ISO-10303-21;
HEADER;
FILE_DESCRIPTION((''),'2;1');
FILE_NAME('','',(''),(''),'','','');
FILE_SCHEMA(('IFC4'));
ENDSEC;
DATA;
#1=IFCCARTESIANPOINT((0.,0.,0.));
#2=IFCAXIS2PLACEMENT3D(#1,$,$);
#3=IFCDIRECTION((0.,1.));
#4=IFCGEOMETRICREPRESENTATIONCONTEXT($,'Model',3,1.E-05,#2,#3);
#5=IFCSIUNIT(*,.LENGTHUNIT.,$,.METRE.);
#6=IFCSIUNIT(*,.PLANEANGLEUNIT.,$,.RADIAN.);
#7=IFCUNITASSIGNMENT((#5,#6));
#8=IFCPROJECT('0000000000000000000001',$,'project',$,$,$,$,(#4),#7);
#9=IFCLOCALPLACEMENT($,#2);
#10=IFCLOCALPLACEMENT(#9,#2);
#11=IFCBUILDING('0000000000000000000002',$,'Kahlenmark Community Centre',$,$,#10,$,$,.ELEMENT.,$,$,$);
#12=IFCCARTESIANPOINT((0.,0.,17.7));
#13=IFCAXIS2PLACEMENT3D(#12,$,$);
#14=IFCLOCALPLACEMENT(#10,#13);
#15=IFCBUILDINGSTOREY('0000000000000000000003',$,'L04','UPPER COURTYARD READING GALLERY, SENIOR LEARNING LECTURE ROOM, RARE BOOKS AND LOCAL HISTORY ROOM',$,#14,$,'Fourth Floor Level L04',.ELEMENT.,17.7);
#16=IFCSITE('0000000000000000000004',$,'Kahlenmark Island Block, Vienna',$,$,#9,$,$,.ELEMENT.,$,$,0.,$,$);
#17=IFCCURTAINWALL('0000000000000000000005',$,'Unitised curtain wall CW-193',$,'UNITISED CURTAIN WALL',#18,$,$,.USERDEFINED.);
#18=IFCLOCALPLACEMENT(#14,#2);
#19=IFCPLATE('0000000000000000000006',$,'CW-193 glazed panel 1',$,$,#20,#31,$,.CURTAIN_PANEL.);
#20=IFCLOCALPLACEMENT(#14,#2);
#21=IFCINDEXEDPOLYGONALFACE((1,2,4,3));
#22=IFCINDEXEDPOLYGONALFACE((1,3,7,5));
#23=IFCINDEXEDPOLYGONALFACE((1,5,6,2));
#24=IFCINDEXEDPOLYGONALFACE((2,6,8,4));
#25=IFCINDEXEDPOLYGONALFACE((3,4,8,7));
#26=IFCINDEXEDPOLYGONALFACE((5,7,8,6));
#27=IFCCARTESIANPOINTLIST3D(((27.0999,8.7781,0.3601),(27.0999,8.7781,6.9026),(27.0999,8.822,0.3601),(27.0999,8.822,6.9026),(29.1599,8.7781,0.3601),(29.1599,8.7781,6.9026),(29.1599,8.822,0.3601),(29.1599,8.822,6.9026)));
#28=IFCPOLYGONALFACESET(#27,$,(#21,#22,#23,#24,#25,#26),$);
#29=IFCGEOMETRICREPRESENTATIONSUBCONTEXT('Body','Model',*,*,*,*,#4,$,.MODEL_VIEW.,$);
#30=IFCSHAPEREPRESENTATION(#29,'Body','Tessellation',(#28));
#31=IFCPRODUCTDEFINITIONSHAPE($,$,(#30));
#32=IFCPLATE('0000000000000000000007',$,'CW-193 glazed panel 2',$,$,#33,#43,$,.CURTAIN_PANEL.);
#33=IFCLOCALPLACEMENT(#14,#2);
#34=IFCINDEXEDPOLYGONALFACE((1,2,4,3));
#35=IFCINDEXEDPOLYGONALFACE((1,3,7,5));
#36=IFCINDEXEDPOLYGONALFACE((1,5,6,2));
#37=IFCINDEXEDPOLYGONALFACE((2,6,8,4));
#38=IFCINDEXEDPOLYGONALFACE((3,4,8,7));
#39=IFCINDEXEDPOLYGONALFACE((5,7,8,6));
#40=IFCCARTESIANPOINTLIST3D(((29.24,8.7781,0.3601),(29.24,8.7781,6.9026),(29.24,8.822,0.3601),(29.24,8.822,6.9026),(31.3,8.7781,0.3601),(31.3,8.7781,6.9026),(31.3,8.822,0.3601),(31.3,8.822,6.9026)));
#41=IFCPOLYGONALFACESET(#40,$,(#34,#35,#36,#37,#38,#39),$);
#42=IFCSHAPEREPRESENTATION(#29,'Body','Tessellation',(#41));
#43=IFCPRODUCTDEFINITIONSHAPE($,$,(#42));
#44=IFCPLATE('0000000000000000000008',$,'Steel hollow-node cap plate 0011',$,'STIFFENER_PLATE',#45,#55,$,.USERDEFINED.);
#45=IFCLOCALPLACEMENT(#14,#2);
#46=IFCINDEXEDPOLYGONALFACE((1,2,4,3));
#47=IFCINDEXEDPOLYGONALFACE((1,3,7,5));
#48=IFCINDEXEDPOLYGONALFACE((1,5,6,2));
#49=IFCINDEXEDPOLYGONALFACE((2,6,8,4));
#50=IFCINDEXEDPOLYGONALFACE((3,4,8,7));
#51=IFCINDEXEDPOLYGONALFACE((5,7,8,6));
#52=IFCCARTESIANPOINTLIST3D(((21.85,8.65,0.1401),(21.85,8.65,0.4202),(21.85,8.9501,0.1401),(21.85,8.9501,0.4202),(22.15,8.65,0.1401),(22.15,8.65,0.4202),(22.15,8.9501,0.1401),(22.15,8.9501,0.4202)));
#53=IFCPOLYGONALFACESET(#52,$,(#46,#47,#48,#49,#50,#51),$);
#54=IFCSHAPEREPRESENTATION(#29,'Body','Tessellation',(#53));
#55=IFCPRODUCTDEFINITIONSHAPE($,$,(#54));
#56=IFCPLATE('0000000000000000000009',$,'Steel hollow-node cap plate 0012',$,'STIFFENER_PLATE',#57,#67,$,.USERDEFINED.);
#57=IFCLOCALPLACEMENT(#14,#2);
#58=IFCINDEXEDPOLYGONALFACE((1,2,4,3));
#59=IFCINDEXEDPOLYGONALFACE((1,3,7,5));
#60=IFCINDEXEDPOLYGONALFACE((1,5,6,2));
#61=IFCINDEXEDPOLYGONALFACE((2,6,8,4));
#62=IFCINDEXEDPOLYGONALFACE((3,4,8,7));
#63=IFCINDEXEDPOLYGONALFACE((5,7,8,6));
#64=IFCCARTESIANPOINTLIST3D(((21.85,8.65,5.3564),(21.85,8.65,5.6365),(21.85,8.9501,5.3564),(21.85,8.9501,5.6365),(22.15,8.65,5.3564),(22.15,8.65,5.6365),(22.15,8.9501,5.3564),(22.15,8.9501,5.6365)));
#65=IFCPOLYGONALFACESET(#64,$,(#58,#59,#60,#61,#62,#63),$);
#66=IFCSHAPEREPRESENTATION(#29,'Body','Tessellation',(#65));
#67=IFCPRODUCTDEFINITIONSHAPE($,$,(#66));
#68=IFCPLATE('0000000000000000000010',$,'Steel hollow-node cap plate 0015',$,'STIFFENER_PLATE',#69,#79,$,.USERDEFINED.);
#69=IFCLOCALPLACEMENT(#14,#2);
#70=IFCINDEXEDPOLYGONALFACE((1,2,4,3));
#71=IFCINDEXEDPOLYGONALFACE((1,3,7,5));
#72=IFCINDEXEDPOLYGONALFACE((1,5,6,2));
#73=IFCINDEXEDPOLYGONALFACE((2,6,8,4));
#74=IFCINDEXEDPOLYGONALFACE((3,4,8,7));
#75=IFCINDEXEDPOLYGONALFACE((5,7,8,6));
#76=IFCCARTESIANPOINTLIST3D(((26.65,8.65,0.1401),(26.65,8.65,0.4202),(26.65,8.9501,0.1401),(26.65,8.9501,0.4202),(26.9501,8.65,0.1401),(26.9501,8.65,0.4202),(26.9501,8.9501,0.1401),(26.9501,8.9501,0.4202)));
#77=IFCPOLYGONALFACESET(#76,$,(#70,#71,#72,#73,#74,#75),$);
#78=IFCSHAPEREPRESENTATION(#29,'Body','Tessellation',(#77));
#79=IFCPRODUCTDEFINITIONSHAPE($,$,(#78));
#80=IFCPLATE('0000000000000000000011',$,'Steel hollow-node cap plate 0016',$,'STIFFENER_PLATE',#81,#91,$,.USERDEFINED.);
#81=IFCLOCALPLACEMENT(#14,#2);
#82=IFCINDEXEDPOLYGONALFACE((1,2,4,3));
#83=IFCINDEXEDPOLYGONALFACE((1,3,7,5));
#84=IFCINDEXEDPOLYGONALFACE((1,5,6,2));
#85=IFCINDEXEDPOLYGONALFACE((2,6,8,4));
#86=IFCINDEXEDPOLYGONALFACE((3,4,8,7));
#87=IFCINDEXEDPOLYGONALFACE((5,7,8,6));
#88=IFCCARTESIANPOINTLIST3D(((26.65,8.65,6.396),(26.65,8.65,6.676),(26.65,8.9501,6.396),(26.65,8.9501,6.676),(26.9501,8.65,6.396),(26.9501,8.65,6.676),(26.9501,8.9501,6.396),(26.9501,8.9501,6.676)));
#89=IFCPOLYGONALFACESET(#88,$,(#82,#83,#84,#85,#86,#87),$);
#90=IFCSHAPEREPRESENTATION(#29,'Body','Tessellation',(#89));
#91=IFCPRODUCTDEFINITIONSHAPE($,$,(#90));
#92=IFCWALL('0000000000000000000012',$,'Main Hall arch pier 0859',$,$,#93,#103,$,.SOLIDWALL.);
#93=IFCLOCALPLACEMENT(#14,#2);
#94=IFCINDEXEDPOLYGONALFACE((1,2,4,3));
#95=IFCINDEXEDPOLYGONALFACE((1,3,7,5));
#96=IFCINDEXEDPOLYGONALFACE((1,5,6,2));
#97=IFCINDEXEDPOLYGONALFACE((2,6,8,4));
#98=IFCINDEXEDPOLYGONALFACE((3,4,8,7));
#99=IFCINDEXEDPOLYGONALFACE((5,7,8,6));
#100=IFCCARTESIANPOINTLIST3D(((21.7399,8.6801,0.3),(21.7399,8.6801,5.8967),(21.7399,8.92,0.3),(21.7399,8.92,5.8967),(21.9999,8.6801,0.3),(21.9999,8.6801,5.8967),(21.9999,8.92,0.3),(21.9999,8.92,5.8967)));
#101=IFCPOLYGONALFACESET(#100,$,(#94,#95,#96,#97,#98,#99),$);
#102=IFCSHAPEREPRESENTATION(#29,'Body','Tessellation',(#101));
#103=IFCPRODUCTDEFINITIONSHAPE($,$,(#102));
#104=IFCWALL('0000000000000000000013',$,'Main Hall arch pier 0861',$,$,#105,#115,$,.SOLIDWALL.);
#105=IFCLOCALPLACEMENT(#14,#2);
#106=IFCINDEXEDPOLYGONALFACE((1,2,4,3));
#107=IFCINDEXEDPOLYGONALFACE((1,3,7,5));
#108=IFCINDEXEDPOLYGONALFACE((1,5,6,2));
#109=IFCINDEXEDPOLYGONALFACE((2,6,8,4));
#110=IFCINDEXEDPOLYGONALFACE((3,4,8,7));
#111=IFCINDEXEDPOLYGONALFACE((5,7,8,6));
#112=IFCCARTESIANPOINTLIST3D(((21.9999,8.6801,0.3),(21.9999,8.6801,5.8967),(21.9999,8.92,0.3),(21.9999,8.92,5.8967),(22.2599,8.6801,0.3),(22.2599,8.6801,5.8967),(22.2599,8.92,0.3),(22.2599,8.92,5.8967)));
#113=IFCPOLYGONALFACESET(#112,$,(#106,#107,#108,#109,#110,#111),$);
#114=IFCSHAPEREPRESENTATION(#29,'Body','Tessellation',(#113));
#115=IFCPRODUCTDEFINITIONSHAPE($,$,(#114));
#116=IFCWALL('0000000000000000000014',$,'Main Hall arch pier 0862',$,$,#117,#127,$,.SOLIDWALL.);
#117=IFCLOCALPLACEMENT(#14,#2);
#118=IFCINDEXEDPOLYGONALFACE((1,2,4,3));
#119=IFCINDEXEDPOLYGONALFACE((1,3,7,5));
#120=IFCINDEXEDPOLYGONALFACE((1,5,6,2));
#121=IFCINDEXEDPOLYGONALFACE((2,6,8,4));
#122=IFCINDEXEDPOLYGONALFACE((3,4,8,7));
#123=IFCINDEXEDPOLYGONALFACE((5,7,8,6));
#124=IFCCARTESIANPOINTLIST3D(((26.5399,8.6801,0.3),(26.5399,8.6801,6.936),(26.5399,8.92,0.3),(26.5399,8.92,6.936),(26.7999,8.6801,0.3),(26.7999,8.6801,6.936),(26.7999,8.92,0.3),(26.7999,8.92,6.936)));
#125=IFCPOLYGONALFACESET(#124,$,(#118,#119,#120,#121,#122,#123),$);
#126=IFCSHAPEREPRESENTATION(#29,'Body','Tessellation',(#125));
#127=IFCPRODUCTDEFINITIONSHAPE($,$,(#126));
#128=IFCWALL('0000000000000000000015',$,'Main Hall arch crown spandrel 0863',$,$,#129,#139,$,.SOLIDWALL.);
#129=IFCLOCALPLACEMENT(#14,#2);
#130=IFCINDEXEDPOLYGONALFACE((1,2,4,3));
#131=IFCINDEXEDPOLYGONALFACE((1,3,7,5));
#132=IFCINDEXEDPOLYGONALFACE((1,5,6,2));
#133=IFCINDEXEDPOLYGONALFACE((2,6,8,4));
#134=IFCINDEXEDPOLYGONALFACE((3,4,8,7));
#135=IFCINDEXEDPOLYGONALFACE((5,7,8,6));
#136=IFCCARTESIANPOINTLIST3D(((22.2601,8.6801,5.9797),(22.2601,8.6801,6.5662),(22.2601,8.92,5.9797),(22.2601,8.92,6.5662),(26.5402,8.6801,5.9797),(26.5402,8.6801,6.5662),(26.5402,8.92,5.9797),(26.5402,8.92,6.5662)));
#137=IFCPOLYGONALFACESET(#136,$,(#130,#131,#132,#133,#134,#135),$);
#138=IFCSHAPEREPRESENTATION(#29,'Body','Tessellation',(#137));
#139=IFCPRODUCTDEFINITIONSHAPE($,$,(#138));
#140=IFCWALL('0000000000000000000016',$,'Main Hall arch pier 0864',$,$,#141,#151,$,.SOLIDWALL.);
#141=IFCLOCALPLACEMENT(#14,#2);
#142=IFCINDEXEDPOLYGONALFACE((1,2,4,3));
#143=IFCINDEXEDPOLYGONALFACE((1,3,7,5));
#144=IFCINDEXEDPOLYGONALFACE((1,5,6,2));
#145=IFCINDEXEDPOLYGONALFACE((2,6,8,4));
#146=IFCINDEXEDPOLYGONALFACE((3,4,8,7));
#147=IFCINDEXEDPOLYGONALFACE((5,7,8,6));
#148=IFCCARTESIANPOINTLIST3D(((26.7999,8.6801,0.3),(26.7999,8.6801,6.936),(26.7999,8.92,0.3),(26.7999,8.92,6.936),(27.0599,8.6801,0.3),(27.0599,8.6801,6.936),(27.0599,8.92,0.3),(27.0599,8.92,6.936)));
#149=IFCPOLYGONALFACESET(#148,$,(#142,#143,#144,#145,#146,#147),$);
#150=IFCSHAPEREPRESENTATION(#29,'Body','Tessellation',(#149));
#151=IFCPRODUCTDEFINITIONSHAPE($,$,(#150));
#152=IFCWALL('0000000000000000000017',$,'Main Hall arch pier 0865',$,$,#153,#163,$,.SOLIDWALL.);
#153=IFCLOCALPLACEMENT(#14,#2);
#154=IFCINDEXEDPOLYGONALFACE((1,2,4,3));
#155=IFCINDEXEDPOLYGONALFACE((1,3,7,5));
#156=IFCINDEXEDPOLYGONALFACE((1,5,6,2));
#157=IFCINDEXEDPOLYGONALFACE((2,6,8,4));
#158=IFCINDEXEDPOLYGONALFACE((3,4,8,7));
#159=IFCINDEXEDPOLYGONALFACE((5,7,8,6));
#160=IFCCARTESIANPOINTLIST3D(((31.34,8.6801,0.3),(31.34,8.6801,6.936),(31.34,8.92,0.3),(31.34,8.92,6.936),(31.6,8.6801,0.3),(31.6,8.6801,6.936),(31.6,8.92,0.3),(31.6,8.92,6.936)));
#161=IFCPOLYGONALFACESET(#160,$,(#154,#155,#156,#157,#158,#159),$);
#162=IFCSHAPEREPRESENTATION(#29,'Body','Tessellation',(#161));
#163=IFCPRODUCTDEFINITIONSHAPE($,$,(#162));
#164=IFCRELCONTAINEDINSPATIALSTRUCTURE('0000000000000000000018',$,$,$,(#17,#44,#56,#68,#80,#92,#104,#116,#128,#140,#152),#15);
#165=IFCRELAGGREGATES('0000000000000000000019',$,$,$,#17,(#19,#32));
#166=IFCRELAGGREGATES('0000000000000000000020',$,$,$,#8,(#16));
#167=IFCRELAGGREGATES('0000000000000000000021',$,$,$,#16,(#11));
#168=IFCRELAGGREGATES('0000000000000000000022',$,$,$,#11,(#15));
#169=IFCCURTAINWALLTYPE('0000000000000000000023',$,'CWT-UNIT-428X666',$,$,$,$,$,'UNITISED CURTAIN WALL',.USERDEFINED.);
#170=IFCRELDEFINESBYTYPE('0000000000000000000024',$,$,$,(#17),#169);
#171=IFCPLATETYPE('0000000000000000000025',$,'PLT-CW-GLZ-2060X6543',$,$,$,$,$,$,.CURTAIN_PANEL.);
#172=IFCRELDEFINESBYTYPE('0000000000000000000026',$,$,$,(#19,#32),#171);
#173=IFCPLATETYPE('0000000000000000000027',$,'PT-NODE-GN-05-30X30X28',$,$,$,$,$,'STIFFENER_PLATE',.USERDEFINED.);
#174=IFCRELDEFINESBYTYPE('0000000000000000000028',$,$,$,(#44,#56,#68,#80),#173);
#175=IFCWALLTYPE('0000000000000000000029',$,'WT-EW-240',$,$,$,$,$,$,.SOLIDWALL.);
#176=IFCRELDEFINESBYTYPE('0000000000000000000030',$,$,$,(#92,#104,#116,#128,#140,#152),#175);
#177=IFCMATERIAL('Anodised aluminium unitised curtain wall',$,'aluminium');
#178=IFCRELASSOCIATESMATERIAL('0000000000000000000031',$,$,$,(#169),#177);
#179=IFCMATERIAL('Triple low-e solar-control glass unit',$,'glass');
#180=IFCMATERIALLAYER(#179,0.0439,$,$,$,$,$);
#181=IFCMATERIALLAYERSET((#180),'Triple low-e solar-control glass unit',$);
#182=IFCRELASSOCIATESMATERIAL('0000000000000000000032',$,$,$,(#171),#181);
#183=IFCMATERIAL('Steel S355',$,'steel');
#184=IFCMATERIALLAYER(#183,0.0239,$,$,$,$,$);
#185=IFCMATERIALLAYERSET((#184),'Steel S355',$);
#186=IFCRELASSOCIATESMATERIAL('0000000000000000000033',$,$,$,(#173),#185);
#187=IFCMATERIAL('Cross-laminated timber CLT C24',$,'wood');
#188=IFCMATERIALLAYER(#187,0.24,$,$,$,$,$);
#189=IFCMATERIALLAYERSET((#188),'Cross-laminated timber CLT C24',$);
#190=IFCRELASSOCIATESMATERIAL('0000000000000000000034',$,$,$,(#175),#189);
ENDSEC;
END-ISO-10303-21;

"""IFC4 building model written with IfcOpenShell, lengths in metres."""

from ifc_helpers import new_model, si_unit, direction, frame, frame_2d, origin, origin_2d, place, context, subcontext, project, spatial, rectangle, extrude, material, layer, layer_set, type_object, element, aggregate, save


model = new_model("IFC4")

# Units and contexts
model_context = context("Model", 3, precision=1e-05, world=origin(), true_north=direction((0.0, 1.0)))
body_context = subcontext(model_context, "Body", "Model", "MODEL_VIEW")
ifc_project = project(units=[si_unit("LENGTHUNIT", "METRE"), si_unit("PLANEANGLEUNIT", "RADIAN")], contexts=[model_context])

# Site, building, storey
site_placement = place(None, origin())
site = spatial("IfcSite", under=ifc_project, at=site_placement, Name="Kahlenmark Island Block, Vienna", CompositionType="ELEMENT", RefElevation=0.0)
building_placement = place(site_placement, origin())
building = spatial("IfcBuilding", under=site, at=building_placement, Name="Kahlenmark Community Centre", CompositionType="ELEMENT")
storey_placement = place(building_placement, frame((0.0, 0.0, 17.7)))
storey = spatial("IfcBuildingStorey", under=building, at=storey_placement, Name="L04", Description="UPPER COURTYARD READING GALLERY, SENIOR LEARNING LECTURE ROOM, RARE BOOKS AND LOCAL HISTORY ROOM", LongName="Fourth Floor Level L04", CompositionType="ELEMENT", Elevation=17.7)

# Shared definitions
ifc_material_1 = material(Name="Steel S355", Category="steel")

# Shared definitions
ifc_material_2 = material(Name="Anodised aluminium unitised curtain wall", Category="aluminium")

# Curtain wall
curtain_wall_type_1 = type_object("IfcCurtainWallType", Name="CWT-UNIT-428X666", ElementType="UNITISED CURTAIN WALL", PredefinedType="USERDEFINED", material=ifc_material_2)
curtain_wall_1_placement = place(storey_placement, origin())
curtain_wall_1 = element("IfcCurtainWall", 1, at=curtain_wall_1_placement, inside=storey, type_object=curtain_wall_type_1, Name="Unitised curtain wall CW-193", ObjectType="UNITISED CURTAIN WALL", PredefinedType="USERDEFINED")

# Plates
ifc_material_3 = material(Name="Triple low-e solar-control glass unit", Category="glass")
ifc_layer_1 = layer(ifc_material_3, 0.0439)
ifc_layer_set_1 = layer_set([ifc_layer_1], Name="Triple low-e solar-control glass unit")
plate_type_1 = type_object("IfcPlateType", Name="PLT-CW-GLZ-2060X6543", PredefinedType="CURTAIN_PANEL", material=ifc_layer_set_1)
plate_1_placement = place(storey_placement, frame((28.1299, 8.8, 0.3601), z_axis=(0.0, 0.0, 1.0), x_axis=(1.0, 0.0, 0.0)))
plate_1 = element("IfcPlate", 2, at=plate_1_placement, type_object=plate_type_1, Name="CW-193 glazed panel 1", PredefinedType="CURTAIN_PANEL", context=body_context, shape_type="SweptSolid", body=[
    extrude(rectangle(XDim=2.0601, YDim=0.0439, at=origin_2d()), origin(), (0.0, 0.0, 1.0), 6.5425),
])
plate_2_placement = place(storey_placement, frame((30.27, 8.8, 0.3601), z_axis=(0.0, 0.0, 1.0), x_axis=(1.0, 0.0, 0.0)))
plate_2 = element("IfcPlate", 3, at=plate_2_placement, type_object=plate_type_1, Name="CW-193 glazed panel 2", PredefinedType="CURTAIN_PANEL", context=body_context, shape_type="SweptSolid", body=[
    extrude(rectangle(XDim=2.0601, YDim=0.0439, at=origin_2d()), origin(), (0.0, 0.0, 1.0), 6.5425),
])
aggregate(curtain_wall_1, [plate_1, plate_2])

# Plates
ifc_layer_2 = layer(ifc_material_1, 0.0239)
ifc_layer_set_2 = layer_set([ifc_layer_2], Name="Steel S355")
plate_type_2 = type_object("IfcPlateType", Name="PT-NODE-GN-05-30X30X28", ElementType="STIFFENER_PLATE", PredefinedType="USERDEFINED", material=ifc_layer_set_2)
for number, where, z_axis, x_axis, name in (
    (4, (22.0, 8.8, 0.1401), (0.0, 0.0, 1.0), (1.0, 0.0, 0.0), "Steel hollow-node cap plate 0011"),
    (5, (22.0, 8.8, 5.3564), (0.0, 0.0, 1.0), (1.0, 0.0, 0.0), "Steel hollow-node cap plate 0012"),
    (6, (26.8, 8.8, 0.1401), (0.0, 0.0, 1.0), (1.0, 0.0, 0.0), "Steel hollow-node cap plate 0015"),
    (7, (26.8, 8.8, 6.396), (0.0, 0.0, 1.0), (1.0, 0.0, 0.0), "Steel hollow-node cap plate 0016"),
):
    element("IfcPlate", number, at=place(storey_placement, frame(where, z_axis=z_axis, x_axis=x_axis)), inside=storey, type_object=plate_type_2, Name=name, ObjectType="STIFFENER_PLATE", PredefinedType="USERDEFINED", context=body_context, shape_type="SweptSolid", body=[
        extrude(rectangle(XDim=0.3, YDim=0.3, at=origin_2d()), origin(), (0.0, 0.0, 1.0), 0.28),
    ])

# Walls
ifc_material_4 = material(Name="Cross-laminated timber CLT C24", Category="wood")
ifc_layer_3 = layer(ifc_material_4, 0.24)
ifc_layer_set_3 = layer_set([ifc_layer_3], Name="Cross-laminated timber CLT C24")
wall_type = type_object("IfcWallType", Name="WT-EW-240", PredefinedType="SOLIDWALL", material=ifc_layer_set_3)
for number, where, z_axis, x_axis, name in (
    (8, (21.74, 8.8, 0.3), (0.0, 0.0, 1.0), (1.0, 0.0, 0.0), "Main Hall arch pier 0859"),
    (9, (22.0, 8.8, 0.3), (0.0, 0.0, 1.0), (1.0, 0.0, 0.0), "Main Hall arch pier 0861"),
):
    element("IfcWall", number, at=place(storey_placement, frame(where, z_axis=z_axis, x_axis=x_axis)), inside=storey, type_object=wall_type, Name=name, PredefinedType="SOLIDWALL", context=body_context, shape_type="SweptSolid", body=[
        extrude(rectangle(XDim=0.26, YDim=0.24, at=frame_2d((0.1299, 0.0))), origin(), (0.0, 0.0, 1.0), 5.5967),
    ])
wall_1_placement = place(storey_placement, frame((26.54, 8.8, 0.3), z_axis=(0.0, 0.0, 1.0), x_axis=(1.0, 0.0, 0.0)))
element("IfcWall", 10, at=wall_1_placement, inside=storey, type_object=wall_type, Name="Main Hall arch pier 0862", PredefinedType="SOLIDWALL", context=body_context, shape_type="SweptSolid", body=[
    extrude(rectangle(XDim=0.26, YDim=0.24, at=frame_2d((0.1299, 0.0))), origin(), (0.0, 0.0, 1.0), 6.636),
])
wall_2_placement = place(storey_placement, frame((22.26, 8.8, 5.9797), z_axis=(0.0, 0.0, 1.0), x_axis=(1.0, 0.0, 0.0)))
element("IfcWall", 11, at=wall_2_placement, inside=storey, type_object=wall_type, Name="Main Hall arch crown spandrel 0863", PredefinedType="SOLIDWALL", context=body_context, shape_type="SweptSolid", body=[
    extrude(rectangle(XDim=4.28, YDim=0.24, at=frame_2d((2.1401, 0.0))), origin(), (0.0, 0.0, 1.0), 0.5864),
])
for number, where, z_axis, x_axis, name in (
    (12, (26.8, 8.8, 0.3), (0.0, 0.0, 1.0), (1.0, 0.0, 0.0), "Main Hall arch pier 0864"),
    (13, (31.3401, 8.8, 0.3), (0.0, 0.0, 1.0), (1.0, 0.0, 0.0), "Main Hall arch pier 0865"),
):
    element("IfcWall", number, at=place(storey_placement, frame(where, z_axis=z_axis, x_axis=x_axis)), inside=storey, type_object=wall_type, Name=name, PredefinedType="SOLIDWALL", context=body_context, shape_type="SweptSolid", body=[
        extrude(rectangle(XDim=0.26, YDim=0.24, at=frame_2d((0.1299, 0.0))), origin(), (0.0, 0.0, 1.0), 6.636),
    ])

save(model, "model.ifc")
